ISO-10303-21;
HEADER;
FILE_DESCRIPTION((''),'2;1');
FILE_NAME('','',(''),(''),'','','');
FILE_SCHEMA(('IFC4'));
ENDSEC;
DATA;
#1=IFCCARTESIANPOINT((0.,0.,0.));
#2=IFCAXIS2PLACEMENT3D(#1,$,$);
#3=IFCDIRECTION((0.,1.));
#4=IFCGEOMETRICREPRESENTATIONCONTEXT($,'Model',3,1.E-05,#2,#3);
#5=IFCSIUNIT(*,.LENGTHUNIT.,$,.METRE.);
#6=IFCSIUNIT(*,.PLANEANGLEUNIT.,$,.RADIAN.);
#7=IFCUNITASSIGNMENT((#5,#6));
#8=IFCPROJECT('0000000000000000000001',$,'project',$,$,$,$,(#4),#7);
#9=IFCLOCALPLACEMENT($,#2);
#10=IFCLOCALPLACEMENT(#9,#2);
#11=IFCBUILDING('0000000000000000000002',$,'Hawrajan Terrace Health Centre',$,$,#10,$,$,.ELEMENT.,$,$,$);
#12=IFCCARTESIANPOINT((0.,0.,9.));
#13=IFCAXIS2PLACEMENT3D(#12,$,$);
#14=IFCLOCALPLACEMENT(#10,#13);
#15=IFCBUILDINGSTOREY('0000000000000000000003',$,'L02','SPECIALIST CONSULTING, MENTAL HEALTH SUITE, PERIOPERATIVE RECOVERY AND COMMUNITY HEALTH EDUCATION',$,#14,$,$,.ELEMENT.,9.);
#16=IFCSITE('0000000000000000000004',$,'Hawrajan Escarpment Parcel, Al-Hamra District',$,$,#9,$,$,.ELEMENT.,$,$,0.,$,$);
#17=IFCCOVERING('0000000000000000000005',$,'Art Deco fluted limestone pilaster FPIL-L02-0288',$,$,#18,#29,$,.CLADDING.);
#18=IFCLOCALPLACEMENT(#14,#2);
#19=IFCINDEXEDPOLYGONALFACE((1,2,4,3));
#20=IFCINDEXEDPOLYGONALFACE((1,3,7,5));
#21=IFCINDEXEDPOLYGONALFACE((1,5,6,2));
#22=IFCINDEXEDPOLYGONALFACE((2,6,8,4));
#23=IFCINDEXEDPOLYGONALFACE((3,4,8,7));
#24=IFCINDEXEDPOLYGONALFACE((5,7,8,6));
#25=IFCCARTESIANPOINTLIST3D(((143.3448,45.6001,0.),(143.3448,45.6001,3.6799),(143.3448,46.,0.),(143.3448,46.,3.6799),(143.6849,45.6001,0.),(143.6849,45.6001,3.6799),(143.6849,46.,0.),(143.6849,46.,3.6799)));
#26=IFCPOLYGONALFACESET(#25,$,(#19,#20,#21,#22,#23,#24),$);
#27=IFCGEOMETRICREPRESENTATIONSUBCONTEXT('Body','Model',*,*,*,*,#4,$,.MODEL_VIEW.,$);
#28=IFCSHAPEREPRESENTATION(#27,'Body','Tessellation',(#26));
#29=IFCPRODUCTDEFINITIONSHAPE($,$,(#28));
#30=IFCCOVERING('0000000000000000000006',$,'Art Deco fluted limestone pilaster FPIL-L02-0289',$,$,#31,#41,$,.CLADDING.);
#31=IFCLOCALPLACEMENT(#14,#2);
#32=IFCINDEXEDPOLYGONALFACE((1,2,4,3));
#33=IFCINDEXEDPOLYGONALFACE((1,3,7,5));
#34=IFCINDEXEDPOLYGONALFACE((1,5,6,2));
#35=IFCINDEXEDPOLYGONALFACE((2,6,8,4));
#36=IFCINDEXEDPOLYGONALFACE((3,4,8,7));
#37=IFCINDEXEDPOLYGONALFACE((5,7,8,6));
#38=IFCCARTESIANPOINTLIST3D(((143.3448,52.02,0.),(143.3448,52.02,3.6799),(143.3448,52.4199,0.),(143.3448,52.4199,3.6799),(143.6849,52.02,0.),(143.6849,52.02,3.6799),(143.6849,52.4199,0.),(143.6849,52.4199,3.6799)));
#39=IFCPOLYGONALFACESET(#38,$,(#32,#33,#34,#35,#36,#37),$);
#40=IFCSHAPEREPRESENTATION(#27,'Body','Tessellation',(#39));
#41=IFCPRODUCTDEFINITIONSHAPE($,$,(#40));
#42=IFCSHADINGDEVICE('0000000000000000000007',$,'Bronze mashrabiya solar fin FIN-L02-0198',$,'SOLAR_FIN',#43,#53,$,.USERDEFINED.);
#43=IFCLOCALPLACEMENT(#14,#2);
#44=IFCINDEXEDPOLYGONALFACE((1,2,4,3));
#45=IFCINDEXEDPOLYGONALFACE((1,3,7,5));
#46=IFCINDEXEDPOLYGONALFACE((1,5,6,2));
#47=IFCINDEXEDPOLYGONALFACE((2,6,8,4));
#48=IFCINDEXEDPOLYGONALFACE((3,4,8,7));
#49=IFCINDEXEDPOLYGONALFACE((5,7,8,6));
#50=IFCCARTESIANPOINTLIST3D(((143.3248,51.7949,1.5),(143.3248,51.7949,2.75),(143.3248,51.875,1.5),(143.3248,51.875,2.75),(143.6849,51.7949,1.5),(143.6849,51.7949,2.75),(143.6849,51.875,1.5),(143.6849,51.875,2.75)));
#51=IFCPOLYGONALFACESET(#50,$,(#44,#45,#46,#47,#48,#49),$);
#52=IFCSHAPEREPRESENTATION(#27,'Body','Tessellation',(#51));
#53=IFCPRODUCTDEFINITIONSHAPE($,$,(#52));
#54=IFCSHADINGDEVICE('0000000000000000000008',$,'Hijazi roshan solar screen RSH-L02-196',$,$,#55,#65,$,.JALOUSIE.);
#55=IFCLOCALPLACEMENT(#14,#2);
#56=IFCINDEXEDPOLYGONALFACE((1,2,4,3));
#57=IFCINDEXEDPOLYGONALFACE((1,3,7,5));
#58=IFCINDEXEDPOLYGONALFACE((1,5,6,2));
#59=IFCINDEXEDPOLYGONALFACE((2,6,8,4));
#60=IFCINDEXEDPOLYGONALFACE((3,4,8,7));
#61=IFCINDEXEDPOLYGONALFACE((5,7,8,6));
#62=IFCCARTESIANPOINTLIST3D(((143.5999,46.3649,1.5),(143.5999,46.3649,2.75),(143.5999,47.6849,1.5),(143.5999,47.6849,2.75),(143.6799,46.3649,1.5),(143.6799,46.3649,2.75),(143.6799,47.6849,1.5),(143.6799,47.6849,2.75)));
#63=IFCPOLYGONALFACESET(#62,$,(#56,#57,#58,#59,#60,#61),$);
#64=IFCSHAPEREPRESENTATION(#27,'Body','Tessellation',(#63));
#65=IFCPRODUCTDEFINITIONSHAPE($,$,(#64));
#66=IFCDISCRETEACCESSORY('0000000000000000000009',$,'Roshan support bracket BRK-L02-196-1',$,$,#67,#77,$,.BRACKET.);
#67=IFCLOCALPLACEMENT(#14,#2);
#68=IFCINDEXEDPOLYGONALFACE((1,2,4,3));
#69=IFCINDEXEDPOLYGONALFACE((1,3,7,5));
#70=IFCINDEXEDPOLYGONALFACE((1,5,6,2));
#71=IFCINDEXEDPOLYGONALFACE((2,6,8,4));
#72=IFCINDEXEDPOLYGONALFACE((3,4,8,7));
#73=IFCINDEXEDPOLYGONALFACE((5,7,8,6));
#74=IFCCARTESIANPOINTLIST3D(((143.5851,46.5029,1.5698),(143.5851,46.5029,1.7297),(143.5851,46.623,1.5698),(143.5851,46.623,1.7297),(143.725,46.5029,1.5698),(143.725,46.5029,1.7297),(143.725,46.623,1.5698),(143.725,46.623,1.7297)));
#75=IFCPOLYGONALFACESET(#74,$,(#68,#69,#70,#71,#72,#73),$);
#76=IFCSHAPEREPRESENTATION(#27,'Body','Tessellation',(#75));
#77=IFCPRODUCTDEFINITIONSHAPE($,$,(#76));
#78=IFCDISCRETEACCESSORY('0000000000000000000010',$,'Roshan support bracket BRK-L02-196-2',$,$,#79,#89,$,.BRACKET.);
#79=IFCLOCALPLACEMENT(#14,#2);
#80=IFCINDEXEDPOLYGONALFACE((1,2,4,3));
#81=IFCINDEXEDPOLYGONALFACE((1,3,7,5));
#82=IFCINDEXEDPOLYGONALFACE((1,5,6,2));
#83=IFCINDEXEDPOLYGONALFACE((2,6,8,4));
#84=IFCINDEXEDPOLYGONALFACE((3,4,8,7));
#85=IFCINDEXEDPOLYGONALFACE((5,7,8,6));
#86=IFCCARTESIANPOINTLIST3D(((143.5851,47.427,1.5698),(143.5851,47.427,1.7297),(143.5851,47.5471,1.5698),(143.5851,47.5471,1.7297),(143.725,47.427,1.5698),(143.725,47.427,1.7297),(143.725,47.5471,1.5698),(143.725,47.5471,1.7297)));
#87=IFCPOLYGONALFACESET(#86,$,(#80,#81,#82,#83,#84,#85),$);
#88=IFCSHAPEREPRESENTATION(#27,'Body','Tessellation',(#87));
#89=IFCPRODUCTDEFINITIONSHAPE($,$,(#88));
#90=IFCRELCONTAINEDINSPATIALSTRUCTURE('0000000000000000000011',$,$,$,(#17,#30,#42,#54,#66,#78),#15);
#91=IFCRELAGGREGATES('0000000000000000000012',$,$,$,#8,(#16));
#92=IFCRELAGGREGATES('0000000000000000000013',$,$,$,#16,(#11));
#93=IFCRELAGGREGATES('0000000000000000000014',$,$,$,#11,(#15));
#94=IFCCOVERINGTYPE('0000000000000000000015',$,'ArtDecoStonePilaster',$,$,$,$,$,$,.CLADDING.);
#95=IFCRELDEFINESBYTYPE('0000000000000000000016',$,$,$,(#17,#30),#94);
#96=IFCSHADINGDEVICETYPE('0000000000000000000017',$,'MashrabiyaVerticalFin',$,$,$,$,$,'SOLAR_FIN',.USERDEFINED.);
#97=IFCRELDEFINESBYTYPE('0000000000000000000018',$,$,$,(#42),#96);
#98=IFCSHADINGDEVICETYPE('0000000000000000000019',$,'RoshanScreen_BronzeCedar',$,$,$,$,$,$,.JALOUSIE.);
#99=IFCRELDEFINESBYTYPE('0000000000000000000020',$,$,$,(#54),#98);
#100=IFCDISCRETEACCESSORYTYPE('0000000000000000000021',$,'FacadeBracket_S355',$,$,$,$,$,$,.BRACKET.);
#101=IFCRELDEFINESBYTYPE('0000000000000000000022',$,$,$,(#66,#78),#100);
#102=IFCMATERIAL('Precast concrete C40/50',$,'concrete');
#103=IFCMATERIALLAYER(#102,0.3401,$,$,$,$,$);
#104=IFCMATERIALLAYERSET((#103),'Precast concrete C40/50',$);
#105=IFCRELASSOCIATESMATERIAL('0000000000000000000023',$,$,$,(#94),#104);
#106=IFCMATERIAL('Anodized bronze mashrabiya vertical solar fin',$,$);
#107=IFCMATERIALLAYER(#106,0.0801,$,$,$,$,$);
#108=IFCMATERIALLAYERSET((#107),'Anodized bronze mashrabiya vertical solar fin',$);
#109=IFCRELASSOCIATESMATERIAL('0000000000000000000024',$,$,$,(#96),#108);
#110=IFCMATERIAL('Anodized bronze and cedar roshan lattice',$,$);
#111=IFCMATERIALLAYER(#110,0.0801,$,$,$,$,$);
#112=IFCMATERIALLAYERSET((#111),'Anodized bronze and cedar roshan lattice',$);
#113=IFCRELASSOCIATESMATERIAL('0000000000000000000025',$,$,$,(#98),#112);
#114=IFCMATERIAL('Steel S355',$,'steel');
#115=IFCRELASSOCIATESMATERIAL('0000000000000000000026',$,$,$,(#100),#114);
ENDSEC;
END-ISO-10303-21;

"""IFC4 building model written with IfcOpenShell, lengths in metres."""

from ifc_helpers import new_model, si_unit, direction, frame, origin, origin_2d, place, context, subcontext, project, spatial, rectangle, extrude, material, layer, layer_set, type_object, element, save


model = new_model("IFC4")

# Units and contexts
model_context = context("Model", 3, precision=1e-05, world=origin(), true_north=direction((0.0, 1.0)))
body_context = subcontext(model_context, "Body", "Model", "MODEL_VIEW")
ifc_project = project(units=[si_unit("LENGTHUNIT", "METRE"), si_unit("PLANEANGLEUNIT", "RADIAN")], contexts=[model_context])

# Site, building, storey
site_placement = place(None, origin())
site = spatial("IfcSite", under=ifc_project, at=site_placement, Name="Hawrajan Escarpment Parcel, Al-Hamra District", CompositionType="ELEMENT", RefElevation=0.0)
building_placement = place(site_placement, origin())
building = spatial("IfcBuilding", under=site, at=building_placement, Name="Hawrajan Terrace Health Centre", CompositionType="ELEMENT")
storey_placement = place(building_placement, frame((0.0, 0.0, 9.0)))
storey = spatial("IfcBuildingStorey", under=building, at=storey_placement, Name="L02", Description="SPECIALIST CONSULTING, MENTAL HEALTH SUITE, PERIOPERATIVE RECOVERY AND COMMUNITY HEALTH EDUCATION", CompositionType="ELEMENT", Elevation=9.0)

# Coverings
ifc_material_1 = material(Name="Precast concrete C40/50", Category="concrete")
ifc_layer_1 = layer(ifc_material_1, 0.3401)
ifc_layer_set_1 = layer_set([ifc_layer_1], Name="Precast concrete C40/50")
covering_type_1 = type_object("IfcCoveringType", Name="ArtDecoStonePilaster", PredefinedType="CLADDING", material=ifc_layer_set_1)
for number, where, z_axis, x_axis, name in (
    (1, (143.5149, 45.8, 0.0), (0.0, 0.0, 1.0), (0.0, 1.0, 0.0), "Art Deco fluted limestone pilaster FPIL-L02-0288"),
    (2, (143.5149, 52.22, 0.0), (0.0, 0.0, 1.0), (0.0, 1.0, 0.0), "Art Deco fluted limestone pilaster FPIL-L02-0289"),
):
    element("IfcCovering", number, at=place(storey_placement, frame(where, z_axis=z_axis, x_axis=x_axis)), inside=storey, type_object=covering_type_1, Name=name, PredefinedType="CLADDING", context=body_context, shape_type="SweptSolid", body=[
        extrude(rectangle(XDim=0.3999, YDim=0.3401, at=origin_2d()), origin(), (0.0, 0.0, 1.0), 3.6799),
    ])

# Shading devices
ifc_material_2 = material(Name="Anodized bronze mashrabiya vertical solar fin")
ifc_layer_2 = layer(ifc_material_2, 0.0801)
ifc_layer_set_2 = layer_set([ifc_layer_2], Name="Anodized bronze mashrabiya vertical solar fin")
shading_device_type_1 = type_object("IfcShadingDeviceType", Name="MashrabiyaVerticalFin", ElementType="SOLAR_FIN", PredefinedType="USERDEFINED", material=ifc_layer_set_2)
shading_device_1_placement = place(storey_placement, frame((143.5049, 51.835, 1.5), z_axis=(0.0, 0.0, 1.0), x_axis=(0.0, 1.0, 0.0)))
element("IfcShadingDevice", 3, at=shading_device_1_placement, inside=storey, type_object=shading_device_type_1, Name="Bronze mashrabiya solar fin FIN-L02-0198", ObjectType="SOLAR_FIN", PredefinedType="USERDEFINED", context=body_context, shape_type="SweptSolid", body=[
    extrude(rectangle(XDim=0.0801, YDim=0.3601, at=origin_2d()), origin(), (0.0, 0.0, 1.0), 1.25),
])
ifc_material_3 = material(Name="Anodized bronze and cedar roshan lattice")
ifc_layer_3 = layer(ifc_material_3, 0.0801)
ifc_layer_set_3 = layer_set([ifc_layer_3], Name="Anodized bronze and cedar roshan lattice")
shading_device_type_2 = type_object("IfcShadingDeviceType", Name="RoshanScreen_BronzeCedar", PredefinedType="JALOUSIE", material=ifc_layer_set_3)
shading_device_2_placement = place(storey_placement, frame((143.6399, 47.0249, 1.5), z_axis=(0.0, 0.0, 1.0), x_axis=(0.0, 1.0, 0.0)))
element("IfcShadingDevice", 4, at=shading_device_2_placement, inside=storey, type_object=shading_device_type_2, Name="Hijazi roshan solar screen RSH-L02-196", PredefinedType="JALOUSIE", context=body_context, shape_type="SweptSolid", body=[
    extrude(rectangle(XDim=1.3201, YDim=0.0801, at=origin_2d()), origin(), (0.0, 0.0, 1.0), 1.25),
])

# Discrete accessories
ifc_material_4 = material(Name="Steel S355", Category="steel")
discrete_accessory_type = type_object("IfcDiscreteAccessoryType", Name="FacadeBracket_S355", PredefinedType="BRACKET", material=ifc_material_4)
for number, where, z_axis, x_axis, name in (
    (5, (143.655, 46.563, 1.5698), (0.0, 0.0, 1.0), (0.0, 1.0, 0.0), "Roshan support bracket BRK-L02-196-1"),
    (6, (143.655, 47.4871, 1.5698), (0.0, 0.0, 1.0), (0.0, 1.0, 0.0), "Roshan support bracket BRK-L02-196-2"),
):
    element("IfcDiscreteAccessory", number, at=place(storey_placement, frame(where, z_axis=z_axis, x_axis=x_axis)), inside=storey, type_object=discrete_accessory_type, Name=name, PredefinedType="BRACKET", context=body_context, shape_type="SweptSolid", body=[
        extrude(rectangle(XDim=0.1201, YDim=0.1399, at=origin_2d()), origin(), (0.0, 0.0, 1.0), 0.1599),
    ])

save(model, "model.ifc")
